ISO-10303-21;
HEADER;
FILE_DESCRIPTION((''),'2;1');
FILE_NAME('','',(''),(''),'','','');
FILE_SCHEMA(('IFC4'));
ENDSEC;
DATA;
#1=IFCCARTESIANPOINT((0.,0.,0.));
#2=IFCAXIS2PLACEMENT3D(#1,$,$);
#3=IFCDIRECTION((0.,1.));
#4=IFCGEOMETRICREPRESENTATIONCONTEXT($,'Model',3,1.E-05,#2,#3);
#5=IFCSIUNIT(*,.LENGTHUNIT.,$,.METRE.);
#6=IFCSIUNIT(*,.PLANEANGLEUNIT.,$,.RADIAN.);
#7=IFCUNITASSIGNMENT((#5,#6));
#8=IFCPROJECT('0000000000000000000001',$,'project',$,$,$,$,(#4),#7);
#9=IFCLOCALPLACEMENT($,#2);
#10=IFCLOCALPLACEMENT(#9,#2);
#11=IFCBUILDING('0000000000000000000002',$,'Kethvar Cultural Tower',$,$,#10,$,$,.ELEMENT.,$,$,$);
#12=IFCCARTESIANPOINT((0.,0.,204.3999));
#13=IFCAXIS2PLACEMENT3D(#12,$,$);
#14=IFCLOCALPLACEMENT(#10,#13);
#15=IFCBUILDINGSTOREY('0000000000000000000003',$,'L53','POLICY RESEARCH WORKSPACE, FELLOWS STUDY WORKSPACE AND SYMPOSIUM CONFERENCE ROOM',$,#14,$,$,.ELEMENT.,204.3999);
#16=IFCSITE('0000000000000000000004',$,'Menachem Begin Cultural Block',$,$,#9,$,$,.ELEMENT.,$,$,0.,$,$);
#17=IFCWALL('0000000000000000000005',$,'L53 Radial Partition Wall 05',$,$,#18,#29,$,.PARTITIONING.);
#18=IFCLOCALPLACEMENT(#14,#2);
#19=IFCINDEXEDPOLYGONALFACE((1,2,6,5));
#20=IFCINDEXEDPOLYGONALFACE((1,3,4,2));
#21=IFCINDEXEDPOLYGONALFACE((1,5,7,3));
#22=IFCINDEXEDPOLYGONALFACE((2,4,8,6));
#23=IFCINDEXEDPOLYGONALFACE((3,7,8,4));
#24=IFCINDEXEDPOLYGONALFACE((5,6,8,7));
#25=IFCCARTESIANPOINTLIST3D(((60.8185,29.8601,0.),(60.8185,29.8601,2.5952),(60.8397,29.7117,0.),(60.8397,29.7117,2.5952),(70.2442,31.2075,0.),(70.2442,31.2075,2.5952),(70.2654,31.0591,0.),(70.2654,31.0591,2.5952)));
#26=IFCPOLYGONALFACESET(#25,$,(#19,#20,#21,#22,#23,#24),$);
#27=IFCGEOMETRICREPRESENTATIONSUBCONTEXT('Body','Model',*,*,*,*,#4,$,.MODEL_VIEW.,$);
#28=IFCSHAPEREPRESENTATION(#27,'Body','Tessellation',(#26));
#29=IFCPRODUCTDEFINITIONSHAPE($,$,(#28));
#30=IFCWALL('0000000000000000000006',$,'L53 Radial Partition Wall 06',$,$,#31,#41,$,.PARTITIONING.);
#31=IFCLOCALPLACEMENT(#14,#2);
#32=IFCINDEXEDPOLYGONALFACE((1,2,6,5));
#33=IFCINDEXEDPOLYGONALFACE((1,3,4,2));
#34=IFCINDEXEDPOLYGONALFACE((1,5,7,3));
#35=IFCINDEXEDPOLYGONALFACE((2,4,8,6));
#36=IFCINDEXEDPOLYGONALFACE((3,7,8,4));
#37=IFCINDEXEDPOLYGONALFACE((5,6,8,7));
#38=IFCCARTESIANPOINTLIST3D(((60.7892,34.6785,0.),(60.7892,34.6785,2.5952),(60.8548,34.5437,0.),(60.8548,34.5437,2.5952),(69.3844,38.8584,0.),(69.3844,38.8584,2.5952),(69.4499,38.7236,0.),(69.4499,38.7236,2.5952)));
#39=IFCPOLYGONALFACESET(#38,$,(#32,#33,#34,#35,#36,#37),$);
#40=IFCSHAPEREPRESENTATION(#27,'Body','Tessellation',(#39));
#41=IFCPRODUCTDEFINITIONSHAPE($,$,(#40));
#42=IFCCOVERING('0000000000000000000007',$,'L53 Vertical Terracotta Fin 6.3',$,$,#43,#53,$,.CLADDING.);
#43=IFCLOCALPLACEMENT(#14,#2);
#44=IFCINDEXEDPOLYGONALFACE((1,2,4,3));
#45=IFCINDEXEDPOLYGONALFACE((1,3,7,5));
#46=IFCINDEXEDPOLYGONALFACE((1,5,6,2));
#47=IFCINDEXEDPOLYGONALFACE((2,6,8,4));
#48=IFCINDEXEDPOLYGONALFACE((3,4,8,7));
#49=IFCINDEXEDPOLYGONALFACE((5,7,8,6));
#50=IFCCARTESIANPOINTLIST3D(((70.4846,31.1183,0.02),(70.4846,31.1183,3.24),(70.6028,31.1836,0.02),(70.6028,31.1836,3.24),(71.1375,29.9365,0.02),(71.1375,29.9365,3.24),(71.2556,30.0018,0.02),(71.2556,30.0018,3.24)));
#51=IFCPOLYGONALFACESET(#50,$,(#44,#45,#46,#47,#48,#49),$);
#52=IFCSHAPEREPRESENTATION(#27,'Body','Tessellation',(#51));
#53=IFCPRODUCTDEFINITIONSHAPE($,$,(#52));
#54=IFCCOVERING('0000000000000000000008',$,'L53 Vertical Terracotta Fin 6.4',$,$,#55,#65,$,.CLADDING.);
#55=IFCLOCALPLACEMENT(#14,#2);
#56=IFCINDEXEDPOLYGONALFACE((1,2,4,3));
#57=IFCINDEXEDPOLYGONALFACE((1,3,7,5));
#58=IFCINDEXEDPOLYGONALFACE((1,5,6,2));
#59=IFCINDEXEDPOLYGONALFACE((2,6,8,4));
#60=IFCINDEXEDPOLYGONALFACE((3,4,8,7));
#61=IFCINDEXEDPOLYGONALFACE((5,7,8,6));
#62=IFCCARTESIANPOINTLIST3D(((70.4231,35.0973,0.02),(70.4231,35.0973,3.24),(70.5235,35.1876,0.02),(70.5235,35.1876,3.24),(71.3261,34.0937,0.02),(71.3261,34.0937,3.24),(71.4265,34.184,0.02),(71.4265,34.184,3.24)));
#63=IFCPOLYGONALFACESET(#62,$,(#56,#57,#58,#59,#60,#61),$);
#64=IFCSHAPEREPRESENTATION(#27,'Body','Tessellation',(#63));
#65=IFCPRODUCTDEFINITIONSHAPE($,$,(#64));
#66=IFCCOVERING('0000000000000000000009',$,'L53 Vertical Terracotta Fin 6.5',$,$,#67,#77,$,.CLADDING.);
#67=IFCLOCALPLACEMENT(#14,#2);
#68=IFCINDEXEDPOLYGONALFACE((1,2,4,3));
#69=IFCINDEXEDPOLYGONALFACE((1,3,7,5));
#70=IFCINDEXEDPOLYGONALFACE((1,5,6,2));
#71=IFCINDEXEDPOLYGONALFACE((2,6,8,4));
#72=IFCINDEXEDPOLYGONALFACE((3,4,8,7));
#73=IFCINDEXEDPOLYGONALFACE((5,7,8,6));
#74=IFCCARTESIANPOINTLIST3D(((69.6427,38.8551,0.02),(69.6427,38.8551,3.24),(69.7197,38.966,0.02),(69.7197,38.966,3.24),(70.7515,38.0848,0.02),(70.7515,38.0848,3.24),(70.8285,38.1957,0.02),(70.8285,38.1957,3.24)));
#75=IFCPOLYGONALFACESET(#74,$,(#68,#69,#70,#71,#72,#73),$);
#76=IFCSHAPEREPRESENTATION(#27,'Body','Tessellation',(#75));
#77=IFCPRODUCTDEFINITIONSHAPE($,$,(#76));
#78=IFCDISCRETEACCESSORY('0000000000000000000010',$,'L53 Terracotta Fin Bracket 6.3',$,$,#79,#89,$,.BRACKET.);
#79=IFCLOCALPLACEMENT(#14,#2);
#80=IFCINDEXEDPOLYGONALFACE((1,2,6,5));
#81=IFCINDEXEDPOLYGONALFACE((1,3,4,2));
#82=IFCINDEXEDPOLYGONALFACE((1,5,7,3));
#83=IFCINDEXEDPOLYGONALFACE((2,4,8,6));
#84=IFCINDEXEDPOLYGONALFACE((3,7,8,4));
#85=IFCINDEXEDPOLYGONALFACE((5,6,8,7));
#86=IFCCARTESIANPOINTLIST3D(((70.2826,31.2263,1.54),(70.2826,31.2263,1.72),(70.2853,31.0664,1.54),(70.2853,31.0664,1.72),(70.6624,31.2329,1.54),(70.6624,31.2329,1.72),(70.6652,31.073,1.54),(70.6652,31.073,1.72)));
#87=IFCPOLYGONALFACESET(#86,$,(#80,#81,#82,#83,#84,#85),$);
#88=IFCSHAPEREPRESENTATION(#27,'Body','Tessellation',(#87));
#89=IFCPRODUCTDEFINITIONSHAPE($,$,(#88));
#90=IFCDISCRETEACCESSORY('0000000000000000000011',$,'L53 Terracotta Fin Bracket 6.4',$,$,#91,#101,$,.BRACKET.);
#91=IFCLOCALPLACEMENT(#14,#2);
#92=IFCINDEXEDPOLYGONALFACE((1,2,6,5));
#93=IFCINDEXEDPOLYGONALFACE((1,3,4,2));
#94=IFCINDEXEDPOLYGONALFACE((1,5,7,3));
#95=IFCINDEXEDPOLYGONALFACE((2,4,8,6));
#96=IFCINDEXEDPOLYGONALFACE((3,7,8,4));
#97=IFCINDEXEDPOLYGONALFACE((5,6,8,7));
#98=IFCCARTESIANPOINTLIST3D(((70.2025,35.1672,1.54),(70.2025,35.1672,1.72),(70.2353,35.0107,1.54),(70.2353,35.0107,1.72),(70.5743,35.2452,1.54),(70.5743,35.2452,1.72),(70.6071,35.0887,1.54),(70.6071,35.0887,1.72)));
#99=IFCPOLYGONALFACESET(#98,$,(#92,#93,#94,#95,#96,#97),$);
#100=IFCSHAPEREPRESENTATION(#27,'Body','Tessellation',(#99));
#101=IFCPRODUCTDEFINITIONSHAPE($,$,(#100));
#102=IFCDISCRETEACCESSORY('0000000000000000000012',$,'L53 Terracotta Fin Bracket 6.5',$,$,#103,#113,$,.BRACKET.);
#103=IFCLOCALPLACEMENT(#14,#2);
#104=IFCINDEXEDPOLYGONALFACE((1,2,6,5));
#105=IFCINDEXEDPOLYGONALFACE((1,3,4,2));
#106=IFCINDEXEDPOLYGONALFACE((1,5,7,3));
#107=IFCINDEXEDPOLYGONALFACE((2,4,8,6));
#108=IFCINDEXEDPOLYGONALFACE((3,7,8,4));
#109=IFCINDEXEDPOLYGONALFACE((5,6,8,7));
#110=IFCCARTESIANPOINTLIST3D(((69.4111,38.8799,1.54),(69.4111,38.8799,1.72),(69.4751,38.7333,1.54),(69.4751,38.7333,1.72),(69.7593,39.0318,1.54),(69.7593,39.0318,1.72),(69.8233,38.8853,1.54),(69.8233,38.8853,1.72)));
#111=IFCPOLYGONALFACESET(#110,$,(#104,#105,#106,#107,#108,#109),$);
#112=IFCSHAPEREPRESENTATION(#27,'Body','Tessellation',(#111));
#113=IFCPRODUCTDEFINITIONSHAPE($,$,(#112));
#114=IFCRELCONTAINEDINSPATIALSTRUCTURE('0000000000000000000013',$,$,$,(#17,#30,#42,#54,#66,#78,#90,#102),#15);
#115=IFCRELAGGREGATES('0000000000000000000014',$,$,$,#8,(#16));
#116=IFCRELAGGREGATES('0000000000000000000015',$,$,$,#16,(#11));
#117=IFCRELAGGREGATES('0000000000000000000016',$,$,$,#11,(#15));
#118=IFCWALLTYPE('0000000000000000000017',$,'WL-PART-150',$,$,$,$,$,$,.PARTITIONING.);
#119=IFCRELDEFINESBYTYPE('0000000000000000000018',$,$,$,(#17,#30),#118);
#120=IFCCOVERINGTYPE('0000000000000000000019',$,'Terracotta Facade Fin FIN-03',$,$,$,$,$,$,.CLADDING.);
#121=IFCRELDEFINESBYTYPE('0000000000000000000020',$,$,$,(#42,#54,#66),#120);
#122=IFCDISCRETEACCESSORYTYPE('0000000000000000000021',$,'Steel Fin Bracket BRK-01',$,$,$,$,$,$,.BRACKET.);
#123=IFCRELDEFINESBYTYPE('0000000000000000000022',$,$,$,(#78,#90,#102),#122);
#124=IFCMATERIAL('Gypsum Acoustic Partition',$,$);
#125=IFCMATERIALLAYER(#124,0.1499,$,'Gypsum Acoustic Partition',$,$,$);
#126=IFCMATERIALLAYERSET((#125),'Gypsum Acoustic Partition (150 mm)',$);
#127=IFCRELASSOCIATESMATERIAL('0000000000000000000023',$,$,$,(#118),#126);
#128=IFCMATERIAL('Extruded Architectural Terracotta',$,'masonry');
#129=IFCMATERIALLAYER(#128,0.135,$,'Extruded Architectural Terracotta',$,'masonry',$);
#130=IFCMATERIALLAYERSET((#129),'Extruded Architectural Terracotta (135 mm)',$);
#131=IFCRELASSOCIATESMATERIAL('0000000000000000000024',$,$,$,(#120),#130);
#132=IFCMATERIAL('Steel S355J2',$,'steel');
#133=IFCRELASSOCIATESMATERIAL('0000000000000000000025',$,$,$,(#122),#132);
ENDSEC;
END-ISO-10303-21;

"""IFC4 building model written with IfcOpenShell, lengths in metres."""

from ifc_helpers import new_model, si_unit, direction, frame, frame_2d, origin, origin_2d, place, context, subcontext, project, spatial, rectangle, extrude, source, transform, mapped, material, layer, layer_set, type_object, element, save


model = new_model("IFC4")

# Units and contexts
model_context = context("Model", 3, precision=1e-05, world=origin(), true_north=direction((0.0, 1.0)))
body_context = subcontext(model_context, "Body", "Model", "MODEL_VIEW")
ifc_project = project(units=[si_unit("LENGTHUNIT", "METRE"), si_unit("PLANEANGLEUNIT", "RADIAN")], contexts=[model_context])

# Site, building, storey
site_placement = place(None, origin())
site = spatial("IfcSite", under=ifc_project, at=site_placement, Name="Menachem Begin Cultural Block", CompositionType="ELEMENT", RefElevation=0.0)
building_placement = place(site_placement, origin())
building = spatial("IfcBuilding", under=site, at=building_placement, Name="Kethvar Cultural Tower", CompositionType="ELEMENT")
storey_placement = place(building_placement, frame((0.0, 0.0, 204.3999)))
storey = spatial("IfcBuildingStorey", under=building, at=storey_placement, Name="L53", Description="POLICY RESEARCH WORKSPACE, FELLOWS STUDY WORKSPACE AND SYMPOSIUM CONFERENCE ROOM", CompositionType="ELEMENT", Elevation=204.3999)

# Shared definitions
ifc_material_1 = material(Name="Steel S355J2", Category="steel")

# Walls
ifc_material_2 = material(Name="Gypsum Acoustic Partition")
ifc_layer_1 = layer(ifc_material_2, 0.1499, Name="Gypsum Acoustic Partition")
ifc_layer_set_1 = layer_set([ifc_layer_1], Name="Gypsum Acoustic Partition (150 mm)")
wall_type_1 = type_object("IfcWallType", Name="WL-PART-150", PredefinedType="PARTITIONING", material=ifc_layer_set_1)
wall_1_placement = place(storey_placement, frame((60.8291, 29.7859, 0.0), z_axis=(0.0, 0.0, 1.0), x_axis=(0.989937, 0.141511, 0.0)))
element("IfcWall", 1, at=wall_1_placement, inside=storey, type_object=wall_type_1, Name="L53 Radial Partition Wall 05", PredefinedType="PARTITIONING", context=body_context, shape_type="SweptSolid", body=[
    extrude(rectangle(XDim=9.5215, YDim=0.1499, at=frame_2d((4.7607, 0.0))), origin(), (0.0, 0.0, 1.0), 2.5952),
])
wall_2_placement = place(storey_placement, frame((60.822, 34.6111, 0.0), z_axis=(0.0, 0.0, 1.0), x_axis=(0.899298, 0.437337, 0.0)))
element("IfcWall", 2, at=wall_2_placement, inside=storey, type_object=wall_type_1, Name="L53 Radial Partition Wall 06", PredefinedType="PARTITIONING", context=body_context, shape_type="SweptSolid", body=[
    extrude(rectangle(XDim=9.5576, YDim=0.1499, at=frame_2d((4.7788, 0.0))), origin(), (0.0, 0.0, 1.0), 2.5952),
])

# Coverings
ifc_material_3 = material(Name="Extruded Architectural Terracotta", Category="masonry")
ifc_layer_2 = layer(ifc_material_3, 0.135, Name="Extruded Architectural Terracotta", Category="masonry")
ifc_layer_set_2 = layer_set([ifc_layer_2], Name="Extruded Architectural Terracotta (135 mm)")
covering_type = type_object("IfcCoveringType", Name="Terracotta Facade Fin FIN-03", PredefinedType="CLADDING", material=ifc_layer_set_2)
shared_shape_1 = source(origin(), body_context, "Body", "SweptSolid", [
    extrude(rectangle(XDim=1.3501, YDim=0.135, at=origin_2d()), origin(), (0.0, 0.0, 1.0), 3.22),
])
for number, where, z_axis, x_axis, name in (
    (3, (70.8701, 30.5601, 0.02), (0.0, 0.0, 1.0), (0.483588, -0.875296, 0.0), "L53 Vertical Terracotta Fin 6.3"),
    (4, (70.9248, 34.6406, 0.02), (0.0, 0.0, 1.0), (0.668871, -0.743378, 0.0), "L53 Vertical Terracotta Fin 6.4"),
    (5, (70.2356, 38.5254, 0.02), (0.0, 0.0, 1.0), (0.821249, -0.57057, 0.0), "L53 Vertical Terracotta Fin 6.5"),
):
    element("IfcCovering", number, at=place(storey_placement, frame(where, z_axis=z_axis, x_axis=x_axis)), inside=storey, type_object=covering_type, Name=name, PredefinedType="CLADDING", context=body_context, shape_type="MappedRepresentation", body=[
        mapped(shared_shape_1, transform((0.0, 0.0, 0.0), scale=1.0)),
    ])

# Discrete accessories
discrete_accessory_type = type_object("IfcDiscreteAccessoryType", Name="Steel Fin Bracket BRK-01", PredefinedType="BRACKET", material=ifc_material_1)
shared_shape_2 = source(origin(), body_context, "Body", "SweptSolid", [
    extrude(rectangle(XDim=0.3799, YDim=0.1599, at=origin_2d()), origin(), (0.0, 0.0, 1.0), 0.1799),
])
for number, where, z_axis, x_axis, name in (
    (6, (70.4739, 31.1497, 1.54), (0.0, 0.0, 1.0), (0.999851, 0.017278, 0.0), "L53 Terracotta Fin Bracket 6.3"),
    (7, (70.4048, 35.1279, 1.54), (0.0, 0.0, 1.0), (0.978689, 0.20535, 0.0), "L53 Terracotta Fin Bracket 6.4"),
    (8, (69.6172, 38.8826, 1.54), (0.0, 0.0, 1.0), (0.916502, 0.400029, 0.0), "L53 Terracotta Fin Bracket 6.5"),
):
    element("IfcDiscreteAccessory", number, at=place(storey_placement, frame(where, z_axis=z_axis, x_axis=x_axis)), inside=storey, type_object=discrete_accessory_type, Name=name, PredefinedType="BRACKET", context=body_context, shape_type="MappedRepresentation", body=[
        mapped(shared_shape_2, transform((0.0, 0.0, 0.0), scale=1.0)),
    ])

save(model, "model.ifc")
